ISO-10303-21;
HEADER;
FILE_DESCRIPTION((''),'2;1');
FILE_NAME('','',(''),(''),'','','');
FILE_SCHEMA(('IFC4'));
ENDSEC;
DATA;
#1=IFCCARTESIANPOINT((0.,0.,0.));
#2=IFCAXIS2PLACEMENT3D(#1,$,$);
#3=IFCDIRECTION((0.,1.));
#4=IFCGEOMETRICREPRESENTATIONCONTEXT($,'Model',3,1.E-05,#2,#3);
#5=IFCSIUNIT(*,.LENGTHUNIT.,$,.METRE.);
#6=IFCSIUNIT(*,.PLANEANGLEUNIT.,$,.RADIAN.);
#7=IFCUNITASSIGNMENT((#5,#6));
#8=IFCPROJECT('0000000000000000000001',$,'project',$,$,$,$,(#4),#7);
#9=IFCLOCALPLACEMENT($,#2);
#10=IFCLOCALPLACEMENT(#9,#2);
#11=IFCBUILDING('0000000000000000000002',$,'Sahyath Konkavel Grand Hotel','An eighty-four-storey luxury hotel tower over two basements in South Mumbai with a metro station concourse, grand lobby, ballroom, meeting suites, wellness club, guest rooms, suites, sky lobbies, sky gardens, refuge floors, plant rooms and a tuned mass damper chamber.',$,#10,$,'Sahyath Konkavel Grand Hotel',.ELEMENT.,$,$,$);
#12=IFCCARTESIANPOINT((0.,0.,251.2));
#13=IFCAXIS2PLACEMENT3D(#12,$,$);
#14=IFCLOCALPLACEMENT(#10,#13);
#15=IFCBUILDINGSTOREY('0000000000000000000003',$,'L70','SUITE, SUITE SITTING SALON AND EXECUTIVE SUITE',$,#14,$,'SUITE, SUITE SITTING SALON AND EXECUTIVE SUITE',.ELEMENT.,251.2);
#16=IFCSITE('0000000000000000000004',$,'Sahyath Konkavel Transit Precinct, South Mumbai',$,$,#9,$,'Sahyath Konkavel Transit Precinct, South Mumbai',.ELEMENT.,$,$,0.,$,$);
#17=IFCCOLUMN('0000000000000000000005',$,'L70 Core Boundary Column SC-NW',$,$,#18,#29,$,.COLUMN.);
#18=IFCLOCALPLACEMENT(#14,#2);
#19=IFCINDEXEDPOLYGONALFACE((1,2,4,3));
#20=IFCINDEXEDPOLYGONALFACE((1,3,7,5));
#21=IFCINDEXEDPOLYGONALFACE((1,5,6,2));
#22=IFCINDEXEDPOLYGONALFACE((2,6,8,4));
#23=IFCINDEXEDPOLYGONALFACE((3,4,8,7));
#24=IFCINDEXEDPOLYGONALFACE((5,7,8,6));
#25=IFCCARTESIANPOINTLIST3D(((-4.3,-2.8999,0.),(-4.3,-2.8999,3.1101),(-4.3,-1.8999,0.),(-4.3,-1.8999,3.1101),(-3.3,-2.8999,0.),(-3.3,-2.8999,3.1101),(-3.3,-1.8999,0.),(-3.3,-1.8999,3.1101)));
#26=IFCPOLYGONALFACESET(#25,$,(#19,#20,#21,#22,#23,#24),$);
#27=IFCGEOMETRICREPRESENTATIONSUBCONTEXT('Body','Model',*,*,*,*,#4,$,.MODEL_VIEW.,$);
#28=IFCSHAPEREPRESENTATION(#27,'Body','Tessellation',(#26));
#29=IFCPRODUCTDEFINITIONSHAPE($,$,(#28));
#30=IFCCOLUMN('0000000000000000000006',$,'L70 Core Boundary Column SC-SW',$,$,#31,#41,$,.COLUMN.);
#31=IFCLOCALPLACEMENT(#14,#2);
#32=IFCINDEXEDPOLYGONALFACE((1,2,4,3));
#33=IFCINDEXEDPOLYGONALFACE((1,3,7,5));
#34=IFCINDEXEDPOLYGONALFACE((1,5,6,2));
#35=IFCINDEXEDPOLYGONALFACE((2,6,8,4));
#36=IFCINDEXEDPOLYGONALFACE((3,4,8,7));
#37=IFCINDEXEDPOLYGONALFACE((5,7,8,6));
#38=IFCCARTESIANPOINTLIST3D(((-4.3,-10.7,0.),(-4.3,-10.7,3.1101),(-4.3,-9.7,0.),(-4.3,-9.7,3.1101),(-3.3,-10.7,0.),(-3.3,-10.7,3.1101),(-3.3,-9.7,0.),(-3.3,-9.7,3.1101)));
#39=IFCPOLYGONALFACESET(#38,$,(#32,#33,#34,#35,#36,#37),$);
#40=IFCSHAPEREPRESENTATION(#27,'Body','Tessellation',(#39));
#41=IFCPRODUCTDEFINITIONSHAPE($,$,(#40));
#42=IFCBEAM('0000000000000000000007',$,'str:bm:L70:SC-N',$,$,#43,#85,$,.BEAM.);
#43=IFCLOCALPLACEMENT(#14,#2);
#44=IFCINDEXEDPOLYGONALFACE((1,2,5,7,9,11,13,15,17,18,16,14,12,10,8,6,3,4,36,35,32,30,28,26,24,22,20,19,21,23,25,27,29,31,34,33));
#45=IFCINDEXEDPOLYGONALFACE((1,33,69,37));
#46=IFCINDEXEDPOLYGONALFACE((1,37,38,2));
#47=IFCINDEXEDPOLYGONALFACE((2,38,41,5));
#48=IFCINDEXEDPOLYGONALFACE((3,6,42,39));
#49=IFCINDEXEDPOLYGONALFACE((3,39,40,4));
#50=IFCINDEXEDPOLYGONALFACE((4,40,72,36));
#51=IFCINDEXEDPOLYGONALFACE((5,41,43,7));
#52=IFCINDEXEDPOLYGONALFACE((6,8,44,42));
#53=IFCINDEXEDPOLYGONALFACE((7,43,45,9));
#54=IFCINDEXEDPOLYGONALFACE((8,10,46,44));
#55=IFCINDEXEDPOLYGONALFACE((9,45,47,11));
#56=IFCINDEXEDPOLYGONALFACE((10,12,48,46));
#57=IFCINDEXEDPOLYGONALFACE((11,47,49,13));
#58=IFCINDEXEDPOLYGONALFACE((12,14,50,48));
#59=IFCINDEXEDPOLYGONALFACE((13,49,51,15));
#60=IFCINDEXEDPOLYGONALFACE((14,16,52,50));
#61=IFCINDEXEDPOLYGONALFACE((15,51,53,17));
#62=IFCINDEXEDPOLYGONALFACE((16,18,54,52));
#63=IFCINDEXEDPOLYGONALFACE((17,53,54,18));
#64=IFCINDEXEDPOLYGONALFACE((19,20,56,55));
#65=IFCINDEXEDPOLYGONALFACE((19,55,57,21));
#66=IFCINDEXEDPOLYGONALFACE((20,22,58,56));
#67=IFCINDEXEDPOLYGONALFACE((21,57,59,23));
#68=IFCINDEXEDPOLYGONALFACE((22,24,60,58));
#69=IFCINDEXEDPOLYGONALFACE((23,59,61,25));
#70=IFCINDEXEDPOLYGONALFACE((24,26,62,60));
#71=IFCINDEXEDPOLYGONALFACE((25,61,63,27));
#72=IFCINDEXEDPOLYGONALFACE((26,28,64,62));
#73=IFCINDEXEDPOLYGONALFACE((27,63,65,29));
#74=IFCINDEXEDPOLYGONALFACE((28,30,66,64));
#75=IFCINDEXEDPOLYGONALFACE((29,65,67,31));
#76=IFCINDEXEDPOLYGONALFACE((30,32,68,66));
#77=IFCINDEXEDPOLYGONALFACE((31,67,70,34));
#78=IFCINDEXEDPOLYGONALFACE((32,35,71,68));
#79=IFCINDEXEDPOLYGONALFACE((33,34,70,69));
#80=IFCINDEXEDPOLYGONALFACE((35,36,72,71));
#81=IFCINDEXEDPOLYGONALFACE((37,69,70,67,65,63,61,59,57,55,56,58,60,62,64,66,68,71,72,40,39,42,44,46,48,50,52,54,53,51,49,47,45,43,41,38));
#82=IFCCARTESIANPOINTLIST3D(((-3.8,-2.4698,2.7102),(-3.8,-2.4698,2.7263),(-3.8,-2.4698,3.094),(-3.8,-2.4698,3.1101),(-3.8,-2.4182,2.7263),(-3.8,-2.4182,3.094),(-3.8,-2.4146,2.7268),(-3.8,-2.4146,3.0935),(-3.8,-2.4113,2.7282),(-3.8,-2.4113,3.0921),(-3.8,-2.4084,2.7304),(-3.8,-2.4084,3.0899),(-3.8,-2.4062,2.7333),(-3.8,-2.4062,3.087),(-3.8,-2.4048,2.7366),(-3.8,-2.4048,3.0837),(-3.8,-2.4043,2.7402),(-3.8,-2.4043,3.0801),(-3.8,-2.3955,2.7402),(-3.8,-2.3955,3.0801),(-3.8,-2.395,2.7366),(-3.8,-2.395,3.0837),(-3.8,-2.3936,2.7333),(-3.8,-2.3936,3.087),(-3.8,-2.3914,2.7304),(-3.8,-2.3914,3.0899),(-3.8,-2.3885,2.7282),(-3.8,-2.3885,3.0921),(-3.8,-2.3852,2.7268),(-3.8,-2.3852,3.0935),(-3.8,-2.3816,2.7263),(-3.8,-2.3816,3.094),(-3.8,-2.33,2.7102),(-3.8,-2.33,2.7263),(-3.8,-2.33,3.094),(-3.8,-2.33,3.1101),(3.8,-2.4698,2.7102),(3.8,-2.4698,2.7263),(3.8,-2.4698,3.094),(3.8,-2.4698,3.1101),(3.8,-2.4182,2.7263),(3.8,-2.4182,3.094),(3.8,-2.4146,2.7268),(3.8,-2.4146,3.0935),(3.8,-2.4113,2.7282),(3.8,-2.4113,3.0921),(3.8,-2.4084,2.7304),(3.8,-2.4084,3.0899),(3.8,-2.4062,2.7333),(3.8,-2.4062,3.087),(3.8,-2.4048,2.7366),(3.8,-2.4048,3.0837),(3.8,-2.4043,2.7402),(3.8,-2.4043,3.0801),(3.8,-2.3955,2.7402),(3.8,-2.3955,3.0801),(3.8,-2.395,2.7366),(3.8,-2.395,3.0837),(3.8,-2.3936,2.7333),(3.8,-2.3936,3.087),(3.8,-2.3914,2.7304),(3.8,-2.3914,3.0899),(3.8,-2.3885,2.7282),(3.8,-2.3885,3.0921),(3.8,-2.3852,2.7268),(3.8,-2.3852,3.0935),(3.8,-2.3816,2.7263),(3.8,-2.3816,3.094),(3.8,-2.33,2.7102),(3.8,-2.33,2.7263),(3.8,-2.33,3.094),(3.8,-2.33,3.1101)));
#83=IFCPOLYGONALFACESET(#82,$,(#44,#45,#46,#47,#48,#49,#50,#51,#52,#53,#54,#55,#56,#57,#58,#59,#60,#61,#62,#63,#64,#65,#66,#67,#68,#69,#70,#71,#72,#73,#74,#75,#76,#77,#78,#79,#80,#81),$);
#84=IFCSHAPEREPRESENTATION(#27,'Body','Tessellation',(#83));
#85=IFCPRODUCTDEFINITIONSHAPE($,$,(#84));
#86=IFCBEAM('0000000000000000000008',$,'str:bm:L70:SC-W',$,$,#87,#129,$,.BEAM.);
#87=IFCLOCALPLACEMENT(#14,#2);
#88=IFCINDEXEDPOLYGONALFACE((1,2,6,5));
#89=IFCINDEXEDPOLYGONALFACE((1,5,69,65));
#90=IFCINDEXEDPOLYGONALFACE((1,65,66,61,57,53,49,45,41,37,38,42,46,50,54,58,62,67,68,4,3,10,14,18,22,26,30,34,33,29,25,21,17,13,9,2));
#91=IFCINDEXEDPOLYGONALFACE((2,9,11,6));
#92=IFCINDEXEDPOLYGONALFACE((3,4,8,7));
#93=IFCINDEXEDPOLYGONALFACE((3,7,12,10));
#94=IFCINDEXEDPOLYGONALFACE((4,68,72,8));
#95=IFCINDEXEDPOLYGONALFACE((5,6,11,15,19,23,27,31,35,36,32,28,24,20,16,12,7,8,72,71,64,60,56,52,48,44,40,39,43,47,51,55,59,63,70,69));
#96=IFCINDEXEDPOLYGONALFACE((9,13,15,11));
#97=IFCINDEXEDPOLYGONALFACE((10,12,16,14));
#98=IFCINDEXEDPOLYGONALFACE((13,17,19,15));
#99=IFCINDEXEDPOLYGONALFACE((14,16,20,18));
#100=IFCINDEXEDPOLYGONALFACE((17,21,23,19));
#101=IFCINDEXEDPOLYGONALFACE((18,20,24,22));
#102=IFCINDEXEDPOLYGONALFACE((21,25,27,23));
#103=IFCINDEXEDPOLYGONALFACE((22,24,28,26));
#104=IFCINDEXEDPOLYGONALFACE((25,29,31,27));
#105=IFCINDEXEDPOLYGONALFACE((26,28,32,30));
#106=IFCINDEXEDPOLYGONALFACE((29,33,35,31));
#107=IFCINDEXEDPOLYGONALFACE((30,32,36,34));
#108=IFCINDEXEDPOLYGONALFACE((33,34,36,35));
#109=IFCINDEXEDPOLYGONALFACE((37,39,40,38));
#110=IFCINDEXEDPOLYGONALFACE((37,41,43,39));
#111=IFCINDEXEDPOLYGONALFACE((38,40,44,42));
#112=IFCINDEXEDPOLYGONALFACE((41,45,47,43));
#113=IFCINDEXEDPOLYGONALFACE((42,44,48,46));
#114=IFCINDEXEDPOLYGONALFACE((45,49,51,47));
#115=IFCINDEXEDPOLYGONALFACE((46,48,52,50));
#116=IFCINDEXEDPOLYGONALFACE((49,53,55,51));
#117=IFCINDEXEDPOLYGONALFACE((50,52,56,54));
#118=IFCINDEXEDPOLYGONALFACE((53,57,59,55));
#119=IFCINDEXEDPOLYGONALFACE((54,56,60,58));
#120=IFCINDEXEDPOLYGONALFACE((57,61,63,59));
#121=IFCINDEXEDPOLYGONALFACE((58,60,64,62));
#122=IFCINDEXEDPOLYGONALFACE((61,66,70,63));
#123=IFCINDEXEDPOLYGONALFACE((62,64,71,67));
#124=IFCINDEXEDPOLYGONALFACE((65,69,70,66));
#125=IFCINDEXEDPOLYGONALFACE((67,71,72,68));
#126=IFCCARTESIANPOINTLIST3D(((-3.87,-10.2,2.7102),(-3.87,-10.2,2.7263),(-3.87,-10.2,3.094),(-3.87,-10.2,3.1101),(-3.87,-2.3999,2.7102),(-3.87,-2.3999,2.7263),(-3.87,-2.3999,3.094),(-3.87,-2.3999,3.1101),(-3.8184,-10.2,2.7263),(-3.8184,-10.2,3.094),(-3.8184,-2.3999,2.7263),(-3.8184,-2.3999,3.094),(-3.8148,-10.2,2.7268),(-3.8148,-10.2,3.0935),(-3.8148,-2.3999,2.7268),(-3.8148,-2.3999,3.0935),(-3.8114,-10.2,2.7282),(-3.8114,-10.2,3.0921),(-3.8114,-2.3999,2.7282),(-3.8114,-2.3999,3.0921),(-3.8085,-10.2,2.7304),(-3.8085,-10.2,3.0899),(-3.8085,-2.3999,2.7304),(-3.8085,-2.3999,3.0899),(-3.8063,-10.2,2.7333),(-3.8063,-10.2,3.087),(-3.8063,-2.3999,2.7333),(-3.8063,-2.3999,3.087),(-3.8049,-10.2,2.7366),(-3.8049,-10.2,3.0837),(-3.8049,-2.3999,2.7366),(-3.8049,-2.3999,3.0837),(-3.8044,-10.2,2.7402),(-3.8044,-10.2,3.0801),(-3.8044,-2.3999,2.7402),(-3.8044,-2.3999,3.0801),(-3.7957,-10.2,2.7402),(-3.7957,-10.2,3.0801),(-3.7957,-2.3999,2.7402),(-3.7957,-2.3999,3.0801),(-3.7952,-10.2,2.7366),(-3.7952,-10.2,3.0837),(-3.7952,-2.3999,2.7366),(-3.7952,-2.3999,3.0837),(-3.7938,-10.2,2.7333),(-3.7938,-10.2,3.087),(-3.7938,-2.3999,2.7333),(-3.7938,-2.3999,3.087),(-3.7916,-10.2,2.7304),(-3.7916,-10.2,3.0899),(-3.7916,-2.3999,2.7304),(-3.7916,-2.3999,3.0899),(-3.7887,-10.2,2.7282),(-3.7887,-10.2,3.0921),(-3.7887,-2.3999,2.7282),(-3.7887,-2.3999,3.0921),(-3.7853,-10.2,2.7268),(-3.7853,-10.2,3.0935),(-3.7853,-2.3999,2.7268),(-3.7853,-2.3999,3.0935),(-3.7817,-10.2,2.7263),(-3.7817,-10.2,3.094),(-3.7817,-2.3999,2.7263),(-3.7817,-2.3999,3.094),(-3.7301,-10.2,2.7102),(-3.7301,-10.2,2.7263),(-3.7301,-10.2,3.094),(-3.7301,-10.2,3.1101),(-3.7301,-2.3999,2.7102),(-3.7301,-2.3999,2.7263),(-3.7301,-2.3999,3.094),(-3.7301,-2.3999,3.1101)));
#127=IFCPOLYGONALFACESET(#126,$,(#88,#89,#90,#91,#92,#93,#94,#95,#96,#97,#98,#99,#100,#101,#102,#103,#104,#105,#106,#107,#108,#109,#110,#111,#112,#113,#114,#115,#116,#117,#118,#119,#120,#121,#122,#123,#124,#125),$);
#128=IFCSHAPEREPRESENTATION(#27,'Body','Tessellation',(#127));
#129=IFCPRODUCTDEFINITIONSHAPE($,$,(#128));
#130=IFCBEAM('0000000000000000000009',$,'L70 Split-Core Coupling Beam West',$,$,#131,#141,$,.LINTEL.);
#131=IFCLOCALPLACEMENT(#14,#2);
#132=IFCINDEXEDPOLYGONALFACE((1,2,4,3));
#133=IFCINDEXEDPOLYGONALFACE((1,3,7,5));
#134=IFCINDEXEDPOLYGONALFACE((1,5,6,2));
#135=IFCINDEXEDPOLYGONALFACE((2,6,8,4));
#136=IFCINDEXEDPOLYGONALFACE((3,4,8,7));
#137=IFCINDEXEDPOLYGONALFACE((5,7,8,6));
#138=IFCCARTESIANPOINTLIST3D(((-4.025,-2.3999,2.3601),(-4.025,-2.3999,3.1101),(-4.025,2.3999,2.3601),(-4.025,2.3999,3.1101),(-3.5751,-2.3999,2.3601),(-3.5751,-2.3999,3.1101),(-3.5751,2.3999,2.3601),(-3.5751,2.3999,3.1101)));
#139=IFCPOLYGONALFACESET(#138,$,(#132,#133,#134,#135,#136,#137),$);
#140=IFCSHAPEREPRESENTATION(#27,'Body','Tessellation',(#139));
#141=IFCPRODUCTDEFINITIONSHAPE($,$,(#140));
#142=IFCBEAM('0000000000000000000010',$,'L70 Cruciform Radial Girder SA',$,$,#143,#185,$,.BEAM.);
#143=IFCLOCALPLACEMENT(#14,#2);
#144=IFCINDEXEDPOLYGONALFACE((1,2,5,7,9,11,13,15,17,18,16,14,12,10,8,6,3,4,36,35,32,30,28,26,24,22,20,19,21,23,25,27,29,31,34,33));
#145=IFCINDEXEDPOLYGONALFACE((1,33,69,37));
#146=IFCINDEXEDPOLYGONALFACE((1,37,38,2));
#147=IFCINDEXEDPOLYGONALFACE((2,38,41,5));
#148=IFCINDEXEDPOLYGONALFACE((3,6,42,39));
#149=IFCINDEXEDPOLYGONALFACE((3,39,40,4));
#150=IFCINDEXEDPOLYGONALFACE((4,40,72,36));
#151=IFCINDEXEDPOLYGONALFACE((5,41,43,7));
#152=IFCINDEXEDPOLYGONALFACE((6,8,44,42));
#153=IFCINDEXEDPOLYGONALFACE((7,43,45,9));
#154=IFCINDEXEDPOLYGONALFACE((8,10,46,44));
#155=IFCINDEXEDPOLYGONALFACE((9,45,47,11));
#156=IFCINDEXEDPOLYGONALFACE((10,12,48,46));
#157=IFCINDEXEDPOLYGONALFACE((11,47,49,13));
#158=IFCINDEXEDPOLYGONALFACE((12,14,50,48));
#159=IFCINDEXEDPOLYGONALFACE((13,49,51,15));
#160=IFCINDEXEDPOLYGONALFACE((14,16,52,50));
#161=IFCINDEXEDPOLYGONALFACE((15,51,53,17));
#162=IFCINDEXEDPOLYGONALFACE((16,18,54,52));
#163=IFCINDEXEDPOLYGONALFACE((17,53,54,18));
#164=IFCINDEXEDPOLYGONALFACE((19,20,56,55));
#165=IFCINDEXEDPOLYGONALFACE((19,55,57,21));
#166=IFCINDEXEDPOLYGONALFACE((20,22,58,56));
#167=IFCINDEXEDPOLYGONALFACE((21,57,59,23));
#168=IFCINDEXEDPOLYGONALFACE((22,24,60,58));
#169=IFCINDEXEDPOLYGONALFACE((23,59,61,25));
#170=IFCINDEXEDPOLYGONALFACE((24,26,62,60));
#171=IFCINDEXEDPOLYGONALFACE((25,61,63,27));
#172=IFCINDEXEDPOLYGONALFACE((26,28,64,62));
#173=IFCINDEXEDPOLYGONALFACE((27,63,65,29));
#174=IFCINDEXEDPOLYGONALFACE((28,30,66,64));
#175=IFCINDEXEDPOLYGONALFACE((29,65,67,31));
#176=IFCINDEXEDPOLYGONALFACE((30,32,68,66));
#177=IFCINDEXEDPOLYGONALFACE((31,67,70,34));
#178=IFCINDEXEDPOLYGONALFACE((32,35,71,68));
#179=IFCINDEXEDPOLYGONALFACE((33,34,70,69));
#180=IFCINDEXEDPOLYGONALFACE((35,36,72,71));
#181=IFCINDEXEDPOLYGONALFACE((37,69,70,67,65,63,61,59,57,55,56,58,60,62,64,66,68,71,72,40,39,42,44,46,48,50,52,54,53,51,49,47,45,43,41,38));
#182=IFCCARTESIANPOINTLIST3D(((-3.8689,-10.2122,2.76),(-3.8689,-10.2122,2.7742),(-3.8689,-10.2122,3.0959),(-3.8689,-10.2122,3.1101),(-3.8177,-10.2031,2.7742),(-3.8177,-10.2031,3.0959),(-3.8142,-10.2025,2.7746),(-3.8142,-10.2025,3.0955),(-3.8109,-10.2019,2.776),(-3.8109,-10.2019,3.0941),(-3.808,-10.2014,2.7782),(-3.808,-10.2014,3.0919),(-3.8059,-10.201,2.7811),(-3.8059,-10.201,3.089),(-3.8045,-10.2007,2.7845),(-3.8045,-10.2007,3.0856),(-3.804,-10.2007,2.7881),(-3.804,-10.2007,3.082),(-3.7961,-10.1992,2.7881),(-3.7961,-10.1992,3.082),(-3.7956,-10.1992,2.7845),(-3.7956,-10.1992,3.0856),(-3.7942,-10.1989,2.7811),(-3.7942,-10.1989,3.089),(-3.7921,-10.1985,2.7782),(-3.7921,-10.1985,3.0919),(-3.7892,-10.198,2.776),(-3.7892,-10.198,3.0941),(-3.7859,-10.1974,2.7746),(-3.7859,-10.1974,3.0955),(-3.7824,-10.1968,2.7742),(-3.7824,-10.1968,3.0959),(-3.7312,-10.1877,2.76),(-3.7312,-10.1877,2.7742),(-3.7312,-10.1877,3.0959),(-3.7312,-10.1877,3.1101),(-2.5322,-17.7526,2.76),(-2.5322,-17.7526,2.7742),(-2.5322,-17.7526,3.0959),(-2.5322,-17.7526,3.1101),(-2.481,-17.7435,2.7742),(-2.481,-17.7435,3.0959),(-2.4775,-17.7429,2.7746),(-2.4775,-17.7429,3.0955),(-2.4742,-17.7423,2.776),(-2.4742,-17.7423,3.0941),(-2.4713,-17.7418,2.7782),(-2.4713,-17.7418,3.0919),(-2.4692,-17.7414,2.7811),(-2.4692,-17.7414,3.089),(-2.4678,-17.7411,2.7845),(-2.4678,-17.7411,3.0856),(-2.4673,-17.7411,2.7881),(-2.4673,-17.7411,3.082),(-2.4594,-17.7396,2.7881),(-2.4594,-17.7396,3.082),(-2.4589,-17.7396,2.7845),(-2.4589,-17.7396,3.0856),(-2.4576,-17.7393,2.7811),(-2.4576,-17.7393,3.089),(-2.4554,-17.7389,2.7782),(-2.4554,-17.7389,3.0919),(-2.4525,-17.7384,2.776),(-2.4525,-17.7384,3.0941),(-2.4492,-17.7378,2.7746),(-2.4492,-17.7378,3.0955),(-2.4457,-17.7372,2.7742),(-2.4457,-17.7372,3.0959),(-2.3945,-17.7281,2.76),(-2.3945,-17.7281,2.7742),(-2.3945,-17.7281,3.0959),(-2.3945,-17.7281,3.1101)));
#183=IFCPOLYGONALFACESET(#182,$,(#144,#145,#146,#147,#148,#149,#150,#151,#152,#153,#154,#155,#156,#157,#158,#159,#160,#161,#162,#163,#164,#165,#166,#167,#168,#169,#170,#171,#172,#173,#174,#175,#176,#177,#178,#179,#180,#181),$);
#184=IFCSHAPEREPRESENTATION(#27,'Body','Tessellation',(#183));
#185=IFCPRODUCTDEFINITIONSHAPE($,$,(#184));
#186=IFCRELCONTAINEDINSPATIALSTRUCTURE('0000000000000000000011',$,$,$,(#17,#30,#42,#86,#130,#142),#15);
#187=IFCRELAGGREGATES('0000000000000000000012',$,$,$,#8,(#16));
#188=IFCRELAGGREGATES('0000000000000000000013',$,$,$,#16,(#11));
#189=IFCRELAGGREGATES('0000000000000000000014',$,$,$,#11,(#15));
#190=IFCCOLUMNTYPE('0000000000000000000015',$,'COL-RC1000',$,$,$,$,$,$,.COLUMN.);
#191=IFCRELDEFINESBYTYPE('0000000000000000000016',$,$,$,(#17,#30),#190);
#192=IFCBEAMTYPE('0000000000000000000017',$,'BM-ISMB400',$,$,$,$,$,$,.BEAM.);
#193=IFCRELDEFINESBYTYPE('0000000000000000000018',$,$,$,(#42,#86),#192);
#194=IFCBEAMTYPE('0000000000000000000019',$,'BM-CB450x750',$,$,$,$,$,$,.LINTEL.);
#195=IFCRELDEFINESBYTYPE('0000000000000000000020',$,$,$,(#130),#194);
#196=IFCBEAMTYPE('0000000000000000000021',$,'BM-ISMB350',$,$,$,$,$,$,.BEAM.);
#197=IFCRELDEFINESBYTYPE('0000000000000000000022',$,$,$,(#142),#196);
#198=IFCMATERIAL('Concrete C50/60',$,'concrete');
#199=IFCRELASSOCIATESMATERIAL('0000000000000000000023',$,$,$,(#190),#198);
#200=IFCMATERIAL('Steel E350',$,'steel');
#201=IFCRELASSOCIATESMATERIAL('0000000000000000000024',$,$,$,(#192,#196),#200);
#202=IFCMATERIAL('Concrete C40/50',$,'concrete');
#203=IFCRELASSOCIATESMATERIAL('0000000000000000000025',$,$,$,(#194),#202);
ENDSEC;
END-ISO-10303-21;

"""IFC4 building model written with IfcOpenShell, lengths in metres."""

from ifc_helpers import new_model, si_unit, direction, frame, origin, origin_2d, place, context, subcontext, project, spatial, rectangle, i_section, extrude, source, transform, mapped, material, material_profile, profile_set, type_object, element, save


model = new_model("IFC4")

# Units and contexts
model_context = context("Model", 3, precision=1e-05, world=origin(), true_north=direction((0.0, 1.0)))
body_context = subcontext(model_context, "Body", "Model", "MODEL_VIEW")
ifc_project = project(units=[si_unit("LENGTHUNIT", "METRE"), si_unit("PLANEANGLEUNIT", "RADIAN")], contexts=[model_context])

# Site, building, storey
site_placement = place(None, origin())
site = spatial("IfcSite", under=ifc_project, at=site_placement, Name="Sahyath Konkavel Transit Precinct, South Mumbai", LongName="Sahyath Konkavel Transit Precinct, South Mumbai", CompositionType="ELEMENT", RefElevation=0.0)
building_placement = place(site_placement, origin())
building = spatial("IfcBuilding", under=site, at=building_placement, Name="Sahyath Konkavel Grand Hotel", Description="An eighty-four-storey luxury hotel tower over two basements in South Mumbai with a metro station concourse, grand lobby, ballroom, meeting suites, wellness club, guest rooms, suites, sky lobbies, sky gardens, refuge floors, plant rooms and a tuned mass damper chamber.", LongName="Sahyath Konkavel Grand Hotel", CompositionType="ELEMENT")
storey_placement = place(building_placement, frame((0.0, 0.0, 251.2)))
storey = spatial("IfcBuildingStorey", under=building, at=storey_placement, Name="L70", Description="SUITE, SUITE SITTING SALON AND EXECUTIVE SUITE", LongName="SUITE, SUITE SITTING SALON AND EXECUTIVE SUITE", CompositionType="ELEMENT", Elevation=251.2)

# Columns
ifc_material_1 = material(Name="Concrete C50/60", Category="concrete")
ifc_material_profile_1 = material_profile(ifc_material_1, rectangle(XDim=1.0, YDim=1.0, at=origin_2d()), Name="RC 1000x1000")
ifc_profile_set_1 = profile_set([ifc_material_profile_1], Name="Concrete C50/60")
column_type = type_object("IfcColumnType", Name="COL-RC1000", PredefinedType="COLUMN", material=ifc_profile_set_1)
shared_shape_1 = source(origin(), body_context, "Body", "SweptSolid", [
    extrude(rectangle(XDim=1.0, YDim=1.0, at=origin_2d()), origin(), (0.0, 0.0, 1.0), 3.1101),
])
for number, where, z_axis, x_axis, name in (
    (1, (-3.8, -2.3999, 0.0), (0.0, 0.0, 1.0), (1.0, 0.0, 0.0), "L70 Core Boundary Column SC-NW"),
    (2, (-3.8, -10.2, 0.0), (0.0, 0.0, 1.0), (1.0, 0.0, 0.0), "L70 Core Boundary Column SC-SW"),
):
    element("IfcColumn", number, at=place(storey_placement, frame(where, z_axis=z_axis, x_axis=x_axis)), inside=storey, type_object=column_type, Name=name, PredefinedType="COLUMN", context=body_context, shape_type="MappedRepresentation", body=[
        mapped(shared_shape_1, transform((0.0, 0.0, 0.0), scale=1.0)),
    ])

# Beams
ifc_material_2 = material(Name="Steel E350", Category="steel")
ifc_material_profile_2 = material_profile(ifc_material_2, i_section(OverallWidth=0.1399, OverallDepth=0.3999, WebThickness=0.0088, FlangeThickness=0.0161, FilletRadius=0.0139, at=origin_2d()), Name="ISMB 400")
ifc_profile_set_2 = profile_set([ifc_material_profile_2], Name="Steel E350")
beam_type_1 = type_object("IfcBeamType", Name="BM-ISMB400", PredefinedType="BEAM", material=ifc_profile_set_2)
shared_shape_2 = source(origin(), body_context, "Body", "SweptSolid", [
    extrude(i_section(OverallWidth=0.1399, OverallDepth=0.3999, WebThickness=0.0088, FlangeThickness=0.0161, FilletRadius=0.0139, at=origin_2d()), origin(), (0.0, 0.0, 1.0), 7.6001),
])
beam_1_placement = place(storey_placement, frame((-3.8, -2.3999, 2.9102), z_axis=(1.0, 0.0, 0.0), x_axis=(0.0, 1.0, 0.0)))
element("IfcBeam", 3, at=beam_1_placement, inside=storey, type_object=beam_type_1, Name="str:bm:L70:SC-N", PredefinedType="BEAM", context=body_context, shape_type="MappedRepresentation", body=[
    mapped(shared_shape_2, transform((0.0, 0.0, 0.0), scale=1.0)),
])
shared_shape_3 = source(origin(), body_context, "Body", "SweptSolid", [
    extrude(i_section(OverallWidth=0.1399, OverallDepth=0.3999, WebThickness=0.0088, FlangeThickness=0.0161, FilletRadius=0.0139, at=origin_2d()), origin(), (0.0, 0.0, 1.0), 7.8),
])
beam_2_placement = place(storey_placement, frame((-3.8, -10.2, 2.9102), z_axis=(0.0, 1.0, 0.0), x_axis=(-1.0, 0.0, 0.0)))
element("IfcBeam", 4, at=beam_2_placement, inside=storey, type_object=beam_type_1, Name="str:bm:L70:SC-W", PredefinedType="BEAM", context=body_context, shape_type="MappedRepresentation", body=[
    mapped(shared_shape_3, transform((0.0, 0.0, 0.0), scale=1.0)),
])
ifc_material_3 = material(Name="Concrete C40/50", Category="concrete")
ifc_material_profile_3 = material_profile(ifc_material_3, rectangle(XDim=0.45, YDim=0.75, at=origin_2d()), Name="RC 450x750")
ifc_profile_set_3 = profile_set([ifc_material_profile_3], Name="Concrete C40/50")
beam_type_2 = type_object("IfcBeamType", Name="BM-CB450x750", PredefinedType="LINTEL", material=ifc_profile_set_3)
shared_shape_4 = source(origin(), body_context, "Body", "SweptSolid", [
    extrude(rectangle(XDim=0.45, YDim=0.75, at=origin_2d()), origin(), (0.0, 0.0, 1.0), 4.7998),
])
beam_3_placement = place(storey_placement, frame((-3.8, -2.3999, 2.7351), z_axis=(0.0, 1.0, 0.0), x_axis=(-1.0, 0.0, 0.0)))
element("IfcBeam", 5, at=beam_3_placement, inside=storey, type_object=beam_type_2, Name="L70 Split-Core Coupling Beam West", PredefinedType="LINTEL", context=body_context, shape_type="MappedRepresentation", body=[
    mapped(shared_shape_4, transform((0.0, 0.0, 0.0), scale=1.0)),
])
ifc_material_profile_4 = material_profile(ifc_material_2, i_section(OverallWidth=0.1399, OverallDepth=0.3501, WebThickness=0.0081, FlangeThickness=0.0142, FilletRadius=0.0139, at=origin_2d()), Name="ISMB 350")
ifc_profile_set_4 = profile_set([ifc_material_profile_4], Name="Steel E350")
beam_type_3 = type_object("IfcBeamType", Name="BM-ISMB350", PredefinedType="BEAM", material=ifc_profile_set_4)
shared_shape_5 = source(origin(), body_context, "Body", "SweptSolid", [
    extrude(i_section(OverallWidth=0.1399, OverallDepth=0.3501, WebThickness=0.0081, FlangeThickness=0.0142, FilletRadius=0.0139, at=origin_2d()), origin(), (0.0, 0.0, 1.0), 7.658),
])
beam_4_placement = place(storey_placement, frame((-3.8, -10.2, 2.9351), z_axis=(0.174549, -0.984648, 0.0), x_axis=(0.984648, 0.174549, 0.0)))
element("IfcBeam", 6, at=beam_4_placement, inside=storey, type_object=beam_type_3, Name="L70 Cruciform Radial Girder SA", PredefinedType="BEAM", context=body_context, shape_type="MappedRepresentation", body=[
    mapped(shared_shape_5, transform((0.0, 0.0, 0.0), scale=1.0)),
])

save(model, "model.ifc")
